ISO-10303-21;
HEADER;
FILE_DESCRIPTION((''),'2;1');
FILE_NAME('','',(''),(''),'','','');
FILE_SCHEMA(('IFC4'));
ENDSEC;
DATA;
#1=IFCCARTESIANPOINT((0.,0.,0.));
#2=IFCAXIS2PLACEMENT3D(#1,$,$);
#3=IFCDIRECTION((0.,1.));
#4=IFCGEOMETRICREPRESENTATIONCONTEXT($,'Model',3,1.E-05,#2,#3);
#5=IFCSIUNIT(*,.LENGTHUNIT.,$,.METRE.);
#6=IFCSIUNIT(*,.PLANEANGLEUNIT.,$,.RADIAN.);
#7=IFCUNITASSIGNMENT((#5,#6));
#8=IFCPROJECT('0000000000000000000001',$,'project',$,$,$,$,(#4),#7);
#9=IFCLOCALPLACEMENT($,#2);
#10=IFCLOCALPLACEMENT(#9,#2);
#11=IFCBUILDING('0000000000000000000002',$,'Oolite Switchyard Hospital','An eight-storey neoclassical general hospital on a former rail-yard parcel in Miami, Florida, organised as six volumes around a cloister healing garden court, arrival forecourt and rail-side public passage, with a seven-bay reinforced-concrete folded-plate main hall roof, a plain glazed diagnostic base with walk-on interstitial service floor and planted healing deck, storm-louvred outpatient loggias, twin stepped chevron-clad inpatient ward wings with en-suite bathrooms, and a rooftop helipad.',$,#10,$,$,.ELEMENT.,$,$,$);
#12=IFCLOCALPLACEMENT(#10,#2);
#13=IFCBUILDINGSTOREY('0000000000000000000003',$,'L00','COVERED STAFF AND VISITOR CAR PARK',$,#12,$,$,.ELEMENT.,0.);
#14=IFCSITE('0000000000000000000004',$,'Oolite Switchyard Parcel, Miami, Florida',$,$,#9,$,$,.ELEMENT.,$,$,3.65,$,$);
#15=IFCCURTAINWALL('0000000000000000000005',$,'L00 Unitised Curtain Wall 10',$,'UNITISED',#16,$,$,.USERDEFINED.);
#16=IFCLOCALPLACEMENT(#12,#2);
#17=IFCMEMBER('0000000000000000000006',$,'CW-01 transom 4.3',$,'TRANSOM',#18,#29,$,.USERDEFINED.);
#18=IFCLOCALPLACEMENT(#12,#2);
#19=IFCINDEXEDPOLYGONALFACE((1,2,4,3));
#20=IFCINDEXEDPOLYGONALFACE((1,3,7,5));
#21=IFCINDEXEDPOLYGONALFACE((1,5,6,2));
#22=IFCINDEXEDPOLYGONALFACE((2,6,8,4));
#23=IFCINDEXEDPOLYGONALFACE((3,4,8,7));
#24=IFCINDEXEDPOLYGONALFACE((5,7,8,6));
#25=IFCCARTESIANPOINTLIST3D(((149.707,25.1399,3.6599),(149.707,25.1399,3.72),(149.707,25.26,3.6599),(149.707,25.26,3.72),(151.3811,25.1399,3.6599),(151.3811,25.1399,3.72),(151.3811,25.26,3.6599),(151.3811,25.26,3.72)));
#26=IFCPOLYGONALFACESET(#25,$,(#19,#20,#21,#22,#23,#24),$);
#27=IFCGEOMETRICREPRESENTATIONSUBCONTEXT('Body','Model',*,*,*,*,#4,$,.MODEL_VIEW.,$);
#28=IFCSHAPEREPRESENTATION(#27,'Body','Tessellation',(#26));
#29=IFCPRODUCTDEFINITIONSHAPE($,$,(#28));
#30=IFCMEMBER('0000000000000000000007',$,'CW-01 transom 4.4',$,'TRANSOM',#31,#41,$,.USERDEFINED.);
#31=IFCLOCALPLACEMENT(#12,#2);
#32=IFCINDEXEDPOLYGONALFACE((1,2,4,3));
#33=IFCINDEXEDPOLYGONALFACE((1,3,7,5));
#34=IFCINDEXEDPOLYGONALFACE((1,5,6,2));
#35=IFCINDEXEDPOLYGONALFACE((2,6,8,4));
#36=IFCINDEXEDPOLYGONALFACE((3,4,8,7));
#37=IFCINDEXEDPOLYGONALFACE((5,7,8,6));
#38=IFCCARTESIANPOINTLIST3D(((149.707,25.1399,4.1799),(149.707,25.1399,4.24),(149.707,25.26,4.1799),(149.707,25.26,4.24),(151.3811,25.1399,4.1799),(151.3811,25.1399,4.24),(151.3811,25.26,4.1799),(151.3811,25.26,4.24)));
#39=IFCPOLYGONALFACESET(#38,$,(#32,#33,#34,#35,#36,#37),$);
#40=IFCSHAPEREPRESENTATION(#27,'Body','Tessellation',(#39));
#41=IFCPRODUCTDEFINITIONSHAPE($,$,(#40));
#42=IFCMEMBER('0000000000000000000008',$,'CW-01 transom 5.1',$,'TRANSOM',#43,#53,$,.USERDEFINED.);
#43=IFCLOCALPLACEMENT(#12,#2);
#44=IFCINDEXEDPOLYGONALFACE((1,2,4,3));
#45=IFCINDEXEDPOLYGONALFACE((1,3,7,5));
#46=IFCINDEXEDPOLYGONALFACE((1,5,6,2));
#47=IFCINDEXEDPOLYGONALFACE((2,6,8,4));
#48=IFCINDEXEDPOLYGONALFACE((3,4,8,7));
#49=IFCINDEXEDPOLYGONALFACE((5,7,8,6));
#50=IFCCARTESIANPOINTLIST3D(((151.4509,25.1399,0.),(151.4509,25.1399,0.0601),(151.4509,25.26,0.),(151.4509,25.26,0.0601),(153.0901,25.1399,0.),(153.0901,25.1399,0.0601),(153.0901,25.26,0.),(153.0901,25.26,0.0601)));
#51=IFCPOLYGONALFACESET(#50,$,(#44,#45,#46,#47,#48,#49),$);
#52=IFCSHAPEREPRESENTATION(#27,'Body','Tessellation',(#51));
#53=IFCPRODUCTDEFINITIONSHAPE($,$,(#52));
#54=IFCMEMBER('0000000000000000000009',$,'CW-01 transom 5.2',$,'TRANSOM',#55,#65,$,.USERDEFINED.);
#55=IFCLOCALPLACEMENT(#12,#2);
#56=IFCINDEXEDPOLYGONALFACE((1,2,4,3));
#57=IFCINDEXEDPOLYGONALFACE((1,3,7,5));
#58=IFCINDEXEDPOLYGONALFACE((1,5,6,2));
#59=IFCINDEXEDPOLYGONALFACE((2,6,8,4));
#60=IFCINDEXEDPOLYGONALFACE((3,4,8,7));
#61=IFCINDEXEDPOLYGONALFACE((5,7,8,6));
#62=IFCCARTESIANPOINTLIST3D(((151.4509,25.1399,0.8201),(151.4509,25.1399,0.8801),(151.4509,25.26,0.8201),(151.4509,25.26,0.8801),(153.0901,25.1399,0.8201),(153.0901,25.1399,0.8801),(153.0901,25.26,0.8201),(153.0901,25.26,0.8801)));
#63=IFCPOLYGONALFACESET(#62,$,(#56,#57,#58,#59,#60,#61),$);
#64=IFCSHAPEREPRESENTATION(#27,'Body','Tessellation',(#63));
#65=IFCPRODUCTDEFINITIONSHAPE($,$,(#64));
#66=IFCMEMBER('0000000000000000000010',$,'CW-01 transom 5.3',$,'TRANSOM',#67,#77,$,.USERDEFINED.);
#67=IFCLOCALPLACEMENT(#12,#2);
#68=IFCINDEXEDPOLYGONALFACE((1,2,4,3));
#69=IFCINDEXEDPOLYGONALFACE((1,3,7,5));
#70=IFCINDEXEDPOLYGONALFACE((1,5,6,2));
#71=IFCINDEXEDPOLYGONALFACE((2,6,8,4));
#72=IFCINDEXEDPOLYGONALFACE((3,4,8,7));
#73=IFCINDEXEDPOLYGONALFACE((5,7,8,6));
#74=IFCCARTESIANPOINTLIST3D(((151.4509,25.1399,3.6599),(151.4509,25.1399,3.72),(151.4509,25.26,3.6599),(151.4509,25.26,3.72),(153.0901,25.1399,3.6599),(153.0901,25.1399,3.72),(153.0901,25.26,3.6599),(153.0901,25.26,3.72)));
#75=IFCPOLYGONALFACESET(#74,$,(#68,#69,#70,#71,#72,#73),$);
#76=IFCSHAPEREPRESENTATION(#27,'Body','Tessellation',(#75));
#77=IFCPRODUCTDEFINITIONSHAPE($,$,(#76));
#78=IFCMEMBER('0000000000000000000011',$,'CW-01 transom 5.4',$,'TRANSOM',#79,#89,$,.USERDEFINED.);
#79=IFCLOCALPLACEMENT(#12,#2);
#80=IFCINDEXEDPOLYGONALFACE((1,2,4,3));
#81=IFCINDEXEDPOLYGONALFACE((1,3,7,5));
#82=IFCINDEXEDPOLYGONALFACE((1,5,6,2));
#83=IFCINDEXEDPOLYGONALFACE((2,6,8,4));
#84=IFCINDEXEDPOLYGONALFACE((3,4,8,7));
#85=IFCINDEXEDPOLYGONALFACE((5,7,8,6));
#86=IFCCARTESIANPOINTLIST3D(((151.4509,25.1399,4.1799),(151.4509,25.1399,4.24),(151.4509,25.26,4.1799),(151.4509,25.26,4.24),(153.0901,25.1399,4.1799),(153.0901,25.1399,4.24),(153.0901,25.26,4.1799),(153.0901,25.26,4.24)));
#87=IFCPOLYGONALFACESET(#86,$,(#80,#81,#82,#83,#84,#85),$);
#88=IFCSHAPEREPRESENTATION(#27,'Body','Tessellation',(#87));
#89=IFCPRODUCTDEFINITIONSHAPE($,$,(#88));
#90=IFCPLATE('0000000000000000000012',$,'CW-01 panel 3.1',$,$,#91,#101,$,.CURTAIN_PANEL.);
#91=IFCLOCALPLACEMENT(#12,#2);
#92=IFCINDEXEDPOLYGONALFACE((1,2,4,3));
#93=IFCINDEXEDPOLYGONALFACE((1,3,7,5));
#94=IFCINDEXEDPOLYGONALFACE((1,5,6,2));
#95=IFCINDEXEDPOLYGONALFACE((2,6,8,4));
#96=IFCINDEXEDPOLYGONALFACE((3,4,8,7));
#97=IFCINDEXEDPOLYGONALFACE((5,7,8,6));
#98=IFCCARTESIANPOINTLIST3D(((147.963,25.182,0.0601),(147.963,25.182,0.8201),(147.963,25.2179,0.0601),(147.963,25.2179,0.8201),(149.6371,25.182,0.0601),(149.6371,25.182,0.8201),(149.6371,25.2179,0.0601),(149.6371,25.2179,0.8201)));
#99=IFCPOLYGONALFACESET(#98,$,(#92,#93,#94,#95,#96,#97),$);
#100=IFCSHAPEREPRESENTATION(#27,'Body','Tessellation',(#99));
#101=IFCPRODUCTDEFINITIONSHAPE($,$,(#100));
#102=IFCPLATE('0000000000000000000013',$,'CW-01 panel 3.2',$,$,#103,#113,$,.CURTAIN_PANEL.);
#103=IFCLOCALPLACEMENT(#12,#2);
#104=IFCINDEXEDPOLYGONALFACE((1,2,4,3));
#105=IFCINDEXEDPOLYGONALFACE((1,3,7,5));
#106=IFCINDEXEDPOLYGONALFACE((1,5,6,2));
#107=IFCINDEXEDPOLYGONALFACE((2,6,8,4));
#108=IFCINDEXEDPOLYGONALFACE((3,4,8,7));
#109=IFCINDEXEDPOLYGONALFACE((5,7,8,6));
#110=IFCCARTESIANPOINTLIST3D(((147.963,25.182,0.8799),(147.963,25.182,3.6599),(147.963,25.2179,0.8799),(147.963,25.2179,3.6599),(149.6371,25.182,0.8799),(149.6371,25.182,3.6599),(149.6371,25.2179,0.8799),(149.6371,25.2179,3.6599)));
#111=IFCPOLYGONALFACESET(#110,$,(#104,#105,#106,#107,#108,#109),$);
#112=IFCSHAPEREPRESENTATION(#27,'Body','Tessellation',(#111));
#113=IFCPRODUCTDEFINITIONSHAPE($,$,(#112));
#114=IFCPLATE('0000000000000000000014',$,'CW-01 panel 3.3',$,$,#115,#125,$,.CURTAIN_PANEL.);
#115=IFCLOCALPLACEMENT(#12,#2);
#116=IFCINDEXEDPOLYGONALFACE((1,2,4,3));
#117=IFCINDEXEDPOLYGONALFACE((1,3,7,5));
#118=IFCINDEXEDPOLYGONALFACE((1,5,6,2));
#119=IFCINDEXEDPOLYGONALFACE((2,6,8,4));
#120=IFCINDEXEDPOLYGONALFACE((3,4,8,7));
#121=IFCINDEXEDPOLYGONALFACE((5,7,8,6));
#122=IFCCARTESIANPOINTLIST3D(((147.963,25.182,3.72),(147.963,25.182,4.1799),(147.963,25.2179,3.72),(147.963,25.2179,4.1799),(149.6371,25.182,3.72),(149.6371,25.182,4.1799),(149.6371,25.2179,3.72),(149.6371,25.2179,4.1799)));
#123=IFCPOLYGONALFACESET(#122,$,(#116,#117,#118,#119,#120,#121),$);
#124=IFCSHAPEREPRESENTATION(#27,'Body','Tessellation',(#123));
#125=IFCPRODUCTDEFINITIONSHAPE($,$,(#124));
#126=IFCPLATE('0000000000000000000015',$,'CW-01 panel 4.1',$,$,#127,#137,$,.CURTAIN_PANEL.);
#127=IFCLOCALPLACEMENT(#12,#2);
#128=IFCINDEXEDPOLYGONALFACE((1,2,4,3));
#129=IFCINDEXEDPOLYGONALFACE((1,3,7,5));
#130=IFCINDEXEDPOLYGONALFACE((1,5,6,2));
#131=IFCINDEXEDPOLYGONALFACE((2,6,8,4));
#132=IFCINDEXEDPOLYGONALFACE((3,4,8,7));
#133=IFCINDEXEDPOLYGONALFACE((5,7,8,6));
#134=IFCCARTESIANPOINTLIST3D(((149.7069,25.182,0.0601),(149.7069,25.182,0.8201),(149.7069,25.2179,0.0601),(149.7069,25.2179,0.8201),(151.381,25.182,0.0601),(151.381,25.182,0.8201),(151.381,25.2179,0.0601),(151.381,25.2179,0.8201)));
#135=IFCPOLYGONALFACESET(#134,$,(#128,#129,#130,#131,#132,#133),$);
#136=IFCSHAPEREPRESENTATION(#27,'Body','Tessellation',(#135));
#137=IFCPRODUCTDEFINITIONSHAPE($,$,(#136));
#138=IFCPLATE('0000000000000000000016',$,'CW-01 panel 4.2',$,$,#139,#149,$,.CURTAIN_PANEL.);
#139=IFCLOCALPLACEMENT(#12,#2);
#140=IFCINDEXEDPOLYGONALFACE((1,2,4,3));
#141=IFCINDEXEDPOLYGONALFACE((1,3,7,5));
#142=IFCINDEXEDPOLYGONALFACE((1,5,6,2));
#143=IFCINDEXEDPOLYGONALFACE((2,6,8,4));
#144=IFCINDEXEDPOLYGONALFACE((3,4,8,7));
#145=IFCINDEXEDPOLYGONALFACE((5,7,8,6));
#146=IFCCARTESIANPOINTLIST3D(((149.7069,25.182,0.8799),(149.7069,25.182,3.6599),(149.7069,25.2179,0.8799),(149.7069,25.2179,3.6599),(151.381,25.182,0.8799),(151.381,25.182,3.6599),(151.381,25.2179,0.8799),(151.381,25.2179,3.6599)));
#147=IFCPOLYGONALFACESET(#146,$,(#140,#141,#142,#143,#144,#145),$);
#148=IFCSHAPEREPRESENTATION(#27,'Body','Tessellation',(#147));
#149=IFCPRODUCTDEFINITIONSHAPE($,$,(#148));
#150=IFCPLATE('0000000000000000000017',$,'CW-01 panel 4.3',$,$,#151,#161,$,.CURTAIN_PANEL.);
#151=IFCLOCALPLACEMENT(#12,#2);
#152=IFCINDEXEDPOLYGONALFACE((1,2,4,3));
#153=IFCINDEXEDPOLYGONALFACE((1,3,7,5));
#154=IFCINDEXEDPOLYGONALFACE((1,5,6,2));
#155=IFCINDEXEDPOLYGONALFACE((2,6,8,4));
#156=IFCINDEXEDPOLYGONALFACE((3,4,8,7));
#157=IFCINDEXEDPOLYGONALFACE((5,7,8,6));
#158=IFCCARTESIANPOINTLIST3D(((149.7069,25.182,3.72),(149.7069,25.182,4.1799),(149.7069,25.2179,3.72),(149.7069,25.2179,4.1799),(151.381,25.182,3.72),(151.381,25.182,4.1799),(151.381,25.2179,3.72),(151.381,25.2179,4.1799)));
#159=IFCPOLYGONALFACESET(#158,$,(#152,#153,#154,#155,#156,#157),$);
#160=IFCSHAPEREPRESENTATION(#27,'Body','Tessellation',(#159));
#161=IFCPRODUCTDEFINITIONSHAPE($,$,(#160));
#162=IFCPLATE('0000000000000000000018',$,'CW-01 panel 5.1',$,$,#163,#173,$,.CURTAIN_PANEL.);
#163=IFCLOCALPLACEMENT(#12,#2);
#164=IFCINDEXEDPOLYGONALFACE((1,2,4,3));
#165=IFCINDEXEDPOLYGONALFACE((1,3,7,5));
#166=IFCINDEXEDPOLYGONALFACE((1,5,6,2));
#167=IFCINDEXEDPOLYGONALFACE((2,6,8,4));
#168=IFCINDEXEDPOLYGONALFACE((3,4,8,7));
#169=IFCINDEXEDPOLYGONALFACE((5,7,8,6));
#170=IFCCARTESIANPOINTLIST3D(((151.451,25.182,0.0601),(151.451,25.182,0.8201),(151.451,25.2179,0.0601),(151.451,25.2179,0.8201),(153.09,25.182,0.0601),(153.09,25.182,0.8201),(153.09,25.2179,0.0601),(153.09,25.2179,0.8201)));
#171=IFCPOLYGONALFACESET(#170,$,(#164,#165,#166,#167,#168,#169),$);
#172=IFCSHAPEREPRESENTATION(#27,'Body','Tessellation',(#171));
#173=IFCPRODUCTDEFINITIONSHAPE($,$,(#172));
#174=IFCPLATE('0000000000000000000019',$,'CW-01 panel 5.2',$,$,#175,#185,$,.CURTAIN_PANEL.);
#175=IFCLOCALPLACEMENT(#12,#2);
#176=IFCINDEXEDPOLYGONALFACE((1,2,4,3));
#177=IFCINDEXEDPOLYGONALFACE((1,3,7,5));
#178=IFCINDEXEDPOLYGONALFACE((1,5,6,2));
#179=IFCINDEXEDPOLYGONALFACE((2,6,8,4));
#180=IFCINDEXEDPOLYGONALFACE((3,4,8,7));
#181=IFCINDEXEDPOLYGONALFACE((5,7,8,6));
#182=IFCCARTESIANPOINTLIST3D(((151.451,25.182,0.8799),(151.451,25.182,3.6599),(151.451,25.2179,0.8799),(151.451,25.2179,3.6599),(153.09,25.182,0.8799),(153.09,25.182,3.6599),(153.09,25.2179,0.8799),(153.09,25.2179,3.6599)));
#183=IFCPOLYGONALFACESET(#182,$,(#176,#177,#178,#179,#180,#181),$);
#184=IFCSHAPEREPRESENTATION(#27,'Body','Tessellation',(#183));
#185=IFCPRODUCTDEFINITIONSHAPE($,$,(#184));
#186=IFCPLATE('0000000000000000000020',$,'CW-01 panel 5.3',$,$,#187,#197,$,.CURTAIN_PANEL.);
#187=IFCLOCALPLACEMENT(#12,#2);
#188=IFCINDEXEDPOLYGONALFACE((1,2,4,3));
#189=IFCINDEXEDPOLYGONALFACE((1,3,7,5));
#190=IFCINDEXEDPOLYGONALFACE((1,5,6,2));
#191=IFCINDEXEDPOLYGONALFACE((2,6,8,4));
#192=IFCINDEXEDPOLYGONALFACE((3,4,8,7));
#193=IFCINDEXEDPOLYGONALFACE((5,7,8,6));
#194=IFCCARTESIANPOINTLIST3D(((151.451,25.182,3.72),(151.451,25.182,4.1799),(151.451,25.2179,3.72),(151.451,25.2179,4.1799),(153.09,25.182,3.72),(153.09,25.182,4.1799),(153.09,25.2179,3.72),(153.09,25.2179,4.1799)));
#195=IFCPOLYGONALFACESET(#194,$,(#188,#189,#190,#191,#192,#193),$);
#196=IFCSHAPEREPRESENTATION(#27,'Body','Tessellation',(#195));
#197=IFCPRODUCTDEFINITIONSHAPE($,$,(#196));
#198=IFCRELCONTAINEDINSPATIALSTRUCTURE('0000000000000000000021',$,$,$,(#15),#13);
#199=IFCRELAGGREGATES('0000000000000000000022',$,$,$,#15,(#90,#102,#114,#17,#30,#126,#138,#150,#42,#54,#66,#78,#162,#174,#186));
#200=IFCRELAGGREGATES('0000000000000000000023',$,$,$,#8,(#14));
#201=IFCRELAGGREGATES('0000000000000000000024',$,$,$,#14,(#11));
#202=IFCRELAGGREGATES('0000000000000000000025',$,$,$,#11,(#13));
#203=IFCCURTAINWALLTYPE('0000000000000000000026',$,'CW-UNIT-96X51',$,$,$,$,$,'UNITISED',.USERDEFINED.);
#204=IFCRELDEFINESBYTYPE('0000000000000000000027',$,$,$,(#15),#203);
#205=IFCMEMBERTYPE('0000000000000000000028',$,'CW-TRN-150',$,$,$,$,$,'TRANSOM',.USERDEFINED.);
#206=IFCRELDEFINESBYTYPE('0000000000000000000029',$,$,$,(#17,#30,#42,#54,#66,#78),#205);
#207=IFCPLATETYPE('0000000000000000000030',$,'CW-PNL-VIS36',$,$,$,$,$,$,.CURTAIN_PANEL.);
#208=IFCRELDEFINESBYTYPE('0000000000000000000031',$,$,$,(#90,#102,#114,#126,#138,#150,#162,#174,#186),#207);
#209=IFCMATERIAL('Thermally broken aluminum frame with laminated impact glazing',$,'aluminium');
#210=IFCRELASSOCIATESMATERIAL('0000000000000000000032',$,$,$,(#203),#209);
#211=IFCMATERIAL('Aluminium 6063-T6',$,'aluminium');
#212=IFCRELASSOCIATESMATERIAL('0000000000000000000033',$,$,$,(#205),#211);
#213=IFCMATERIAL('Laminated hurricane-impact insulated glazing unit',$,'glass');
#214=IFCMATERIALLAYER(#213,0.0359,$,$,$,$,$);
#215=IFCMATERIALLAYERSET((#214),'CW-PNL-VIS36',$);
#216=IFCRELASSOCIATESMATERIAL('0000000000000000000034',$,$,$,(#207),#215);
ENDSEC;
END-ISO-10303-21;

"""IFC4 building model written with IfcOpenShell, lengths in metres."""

from ifc_helpers import new_model, si_unit, direction, frame, origin, origin_2d, place, context, subcontext, project, spatial, rectangle, extrude, material, layer, layer_set, material_profile, profile_set, type_object, element, aggregate, save


model = new_model("IFC4")

# Units and contexts
model_context = context("Model", 3, precision=1e-05, world=origin(), true_north=direction((0.0, 1.0)))
body_context = subcontext(model_context, "Body", "Model", "MODEL_VIEW")
ifc_project = project(units=[si_unit("LENGTHUNIT", "METRE"), si_unit("PLANEANGLEUNIT", "RADIAN")], contexts=[model_context])

# Site, building, storey
site_placement = place(None, origin())
site = spatial("IfcSite", under=ifc_project, at=site_placement, Name="Oolite Switchyard Parcel, Miami, Florida", CompositionType="ELEMENT", RefElevation=3.65)
building_placement = place(site_placement, origin())
building = spatial("IfcBuilding", under=site, at=building_placement, Name="Oolite Switchyard Hospital", Description="An eight-storey neoclassical general hospital on a former rail-yard parcel in Miami, Florida, organised as six volumes around a cloister healing garden court, arrival forecourt and rail-side public passage, with a seven-bay reinforced-concrete folded-plate main hall roof, a plain glazed diagnostic base with walk-on interstitial service floor and planted healing deck, storm-louvred outpatient loggias, twin stepped chevron-clad inpatient ward wings with en-suite bathrooms, and a rooftop helipad.", CompositionType="ELEMENT")
storey_placement = place(building_placement, origin())
storey = spatial("IfcBuildingStorey", under=building, at=storey_placement, Name="L00", Description="COVERED STAFF AND VISITOR CAR PARK", CompositionType="ELEMENT", Elevation=0.0)

# Curtain wall, members, plates
ifc_material_1 = material(Name="Thermally broken aluminum frame with laminated impact glazing", Category="aluminium")
curtain_wall_type = type_object("IfcCurtainWallType", Name="CW-UNIT-96X51", ElementType="UNITISED", PredefinedType="USERDEFINED", material=ifc_material_1)
curtain_wall_placement = place(storey_placement, origin())
curtain_wall = element("IfcCurtainWall", 1, at=curtain_wall_placement, inside=storey, type_object=curtain_wall_type, Name="L00 Unitised Curtain Wall 10", ObjectType="UNITISED", PredefinedType="USERDEFINED")
ifc_material_2 = material(Name="Aluminium 6063-T6", Category="aluminium")
ifc_material_profile_1 = material_profile(ifc_material_2, rectangle(XDim=0.1201, YDim=0.0601, at=origin_2d()), Name="CWT60X120")
ifc_profile_set_1 = profile_set([ifc_material_profile_1], Name="Aluminium 6063-T6")
member_type_1 = type_object("IfcMemberType", Name="CW-TRN-150", ElementType="TRANSOM", PredefinedType="USERDEFINED", material=ifc_profile_set_1)
member_1_placement = place(storey_placement, frame((149.707, 25.2, 3.6899), z_axis=(1.0, 0.0, 0.0), x_axis=(0.0, 1.0, 0.0)))
member_1 = element("IfcMember", 2, at=member_1_placement, type_object=member_type_1, Name="CW-01 transom 4.3", ObjectType="TRANSOM", PredefinedType="USERDEFINED", context=body_context, shape_type="SweptSolid", body=[
    extrude(rectangle(XDim=0.1201, YDim=0.0601, at=origin_2d()), origin(), (0.0, 0.0, 1.0), 1.6741),
])
member_2_placement = place(storey_placement, frame((149.707, 25.2, 4.21), z_axis=(1.0, 0.0, 0.0), x_axis=(0.0, 1.0, 0.0)))
member_2 = element("IfcMember", 3, at=member_2_placement, type_object=member_type_1, Name="CW-01 transom 4.4", ObjectType="TRANSOM", PredefinedType="USERDEFINED", context=body_context, shape_type="SweptSolid", body=[
    extrude(rectangle(XDim=0.1201, YDim=0.0601, at=origin_2d()), origin(), (0.0, 0.0, 1.0), 1.6741),
])
member_3_placement = place(storey_placement, frame((151.4509, 25.2, 0.03), z_axis=(1.0, 0.0, 0.0), x_axis=(0.0, 1.0, 0.0)))
member_3 = element("IfcMember", 4, at=member_3_placement, type_object=member_type_1, Name="CW-01 transom 5.1", ObjectType="TRANSOM", PredefinedType="USERDEFINED", context=body_context, shape_type="SweptSolid", body=[
    extrude(rectangle(XDim=0.1201, YDim=0.0601, at=origin_2d()), origin(), (0.0, 0.0, 1.0), 1.6392),
])
member_4_placement = place(storey_placement, frame((151.4509, 25.2, 0.8501), z_axis=(1.0, 0.0, 0.0), x_axis=(0.0, 1.0, 0.0)))
member_4 = element("IfcMember", 5, at=member_4_placement, type_object=member_type_1, Name="CW-01 transom 5.2", ObjectType="TRANSOM", PredefinedType="USERDEFINED", context=body_context, shape_type="SweptSolid", body=[
    extrude(rectangle(XDim=0.1201, YDim=0.0601, at=origin_2d()), origin(), (0.0, 0.0, 1.0), 1.6392),
])
member_5_placement = place(storey_placement, frame((151.4509, 25.2, 3.6899), z_axis=(1.0, 0.0, 0.0), x_axis=(0.0, 1.0, 0.0)))
member_5 = element("IfcMember", 6, at=member_5_placement, type_object=member_type_1, Name="CW-01 transom 5.3", ObjectType="TRANSOM", PredefinedType="USERDEFINED", context=body_context, shape_type="SweptSolid", body=[
    extrude(rectangle(XDim=0.1201, YDim=0.0601, at=origin_2d()), origin(), (0.0, 0.0, 1.0), 1.6392),
])
member_6_placement = place(storey_placement, frame((151.4509, 25.2, 4.21), z_axis=(1.0, 0.0, 0.0), x_axis=(0.0, 1.0, 0.0)))
member_6 = element("IfcMember", 7, at=member_6_placement, type_object=member_type_1, Name="CW-01 transom 5.4", ObjectType="TRANSOM", PredefinedType="USERDEFINED", context=body_context, shape_type="SweptSolid", body=[
    extrude(rectangle(XDim=0.1201, YDim=0.0601, at=origin_2d()), origin(), (0.0, 0.0, 1.0), 1.6392),
])
ifc_material_3 = material(Name="Laminated hurricane-impact insulated glazing unit", Category="glass")
ifc_layer = layer(ifc_material_3, 0.0359)
ifc_layer_set = layer_set([ifc_layer], Name="CW-PNL-VIS36")
plate_type = type_object("IfcPlateType", Name="CW-PNL-VIS36", PredefinedType="CURTAIN_PANEL", material=ifc_layer_set)
plate_1_placement = place(storey_placement, frame((148.8, 25.2, 0.0601), z_axis=(0.0, 0.0, 1.0), x_axis=(1.0, 0.0, 0.0)))
plate_1 = element("IfcPlate", 8, at=plate_1_placement, type_object=plate_type, Name="CW-01 panel 3.1", PredefinedType="CURTAIN_PANEL", context=body_context, shape_type="SweptSolid", body=[
    extrude(rectangle(XDim=1.6741, YDim=0.0359, at=origin_2d()), origin(), (0.0, 0.0, 1.0), 0.76),
])
plate_2_placement = place(storey_placement, frame((148.8, 25.2, 0.8799), z_axis=(0.0, 0.0, 1.0), x_axis=(1.0, 0.0, 0.0)))
plate_2 = element("IfcPlate", 9, at=plate_2_placement, type_object=plate_type, Name="CW-01 panel 3.2", PredefinedType="CURTAIN_PANEL", context=body_context, shape_type="SweptSolid", body=[
    extrude(rectangle(XDim=1.6741, YDim=0.0359, at=origin_2d()), origin(), (0.0, 0.0, 1.0), 2.78),
])
plate_3_placement = place(storey_placement, frame((148.8, 25.2, 3.72), z_axis=(0.0, 0.0, 1.0), x_axis=(1.0, 0.0, 0.0)))
plate_3 = element("IfcPlate", 10, at=plate_3_placement, type_object=plate_type, Name="CW-01 panel 3.3", PredefinedType="CURTAIN_PANEL", context=body_context, shape_type="SweptSolid", body=[
    extrude(rectangle(XDim=1.6741, YDim=0.0359, at=origin_2d()), origin(), (0.0, 0.0, 1.0), 0.46),
])
plate_4_placement = place(storey_placement, frame((150.5439, 25.2, 0.0601), z_axis=(0.0, 0.0, 1.0), x_axis=(1.0, 0.0, 0.0)))
plate_4 = element("IfcPlate", 11, at=plate_4_placement, type_object=plate_type, Name="CW-01 panel 4.1", PredefinedType="CURTAIN_PANEL", context=body_context, shape_type="SweptSolid", body=[
    extrude(rectangle(XDim=1.6741, YDim=0.0359, at=origin_2d()), origin(), (0.0, 0.0, 1.0), 0.76),
])
plate_5_placement = place(storey_placement, frame((150.5439, 25.2, 0.8799), z_axis=(0.0, 0.0, 1.0), x_axis=(1.0, 0.0, 0.0)))
plate_5 = element("IfcPlate", 12, at=plate_5_placement, type_object=plate_type, Name="CW-01 panel 4.2", PredefinedType="CURTAIN_PANEL", context=body_context, shape_type="SweptSolid", body=[
    extrude(rectangle(XDim=1.6741, YDim=0.0359, at=origin_2d()), origin(), (0.0, 0.0, 1.0), 2.78),
])
plate_6_placement = place(storey_placement, frame((150.5439, 25.2, 3.72), z_axis=(0.0, 0.0, 1.0), x_axis=(1.0, 0.0, 0.0)))
plate_6 = element("IfcPlate", 13, at=plate_6_placement, type_object=plate_type, Name="CW-01 panel 4.3", PredefinedType="CURTAIN_PANEL", context=body_context, shape_type="SweptSolid", body=[
    extrude(rectangle(XDim=1.6741, YDim=0.0359, at=origin_2d()), origin(), (0.0, 0.0, 1.0), 0.46),
])
plate_7_placement = place(storey_placement, frame((152.2705, 25.2, 0.0601), z_axis=(0.0, 0.0, 1.0), x_axis=(1.0, 0.0, 0.0)))
plate_7 = element("IfcPlate", 14, at=plate_7_placement, type_object=plate_type, Name="CW-01 panel 5.1", PredefinedType="CURTAIN_PANEL", context=body_context, shape_type="SweptSolid", body=[
    extrude(rectangle(XDim=1.6389, YDim=0.0359, at=origin_2d()), origin(), (0.0, 0.0, 1.0), 0.76),
])
plate_8_placement = place(storey_placement, frame((152.2705, 25.2, 0.8799), z_axis=(0.0, 0.0, 1.0), x_axis=(1.0, 0.0, 0.0)))
plate_8 = element("IfcPlate", 15, at=plate_8_placement, type_object=plate_type, Name="CW-01 panel 5.2", PredefinedType="CURTAIN_PANEL", context=body_context, shape_type="SweptSolid", body=[
    extrude(rectangle(XDim=1.6389, YDim=0.0359, at=origin_2d()), origin(), (0.0, 0.0, 1.0), 2.78),
])
plate_9_placement = place(storey_placement, frame((152.2705, 25.2, 3.72), z_axis=(0.0, 0.0, 1.0), x_axis=(1.0, 0.0, 0.0)))
plate_9 = element("IfcPlate", 16, at=plate_9_placement, type_object=plate_type, Name="CW-01 panel 5.3", PredefinedType="CURTAIN_PANEL", context=body_context, shape_type="SweptSolid", body=[
    extrude(rectangle(XDim=1.6389, YDim=0.0359, at=origin_2d()), origin(), (0.0, 0.0, 1.0), 0.46),
])
aggregate(curtain_wall, [plate_1, plate_2, plate_3, member_1, member_2, plate_4, plate_5, plate_6, member_3, member_4, member_5, member_6, plate_7, plate_8, plate_9])

save(model, "model.ifc")
